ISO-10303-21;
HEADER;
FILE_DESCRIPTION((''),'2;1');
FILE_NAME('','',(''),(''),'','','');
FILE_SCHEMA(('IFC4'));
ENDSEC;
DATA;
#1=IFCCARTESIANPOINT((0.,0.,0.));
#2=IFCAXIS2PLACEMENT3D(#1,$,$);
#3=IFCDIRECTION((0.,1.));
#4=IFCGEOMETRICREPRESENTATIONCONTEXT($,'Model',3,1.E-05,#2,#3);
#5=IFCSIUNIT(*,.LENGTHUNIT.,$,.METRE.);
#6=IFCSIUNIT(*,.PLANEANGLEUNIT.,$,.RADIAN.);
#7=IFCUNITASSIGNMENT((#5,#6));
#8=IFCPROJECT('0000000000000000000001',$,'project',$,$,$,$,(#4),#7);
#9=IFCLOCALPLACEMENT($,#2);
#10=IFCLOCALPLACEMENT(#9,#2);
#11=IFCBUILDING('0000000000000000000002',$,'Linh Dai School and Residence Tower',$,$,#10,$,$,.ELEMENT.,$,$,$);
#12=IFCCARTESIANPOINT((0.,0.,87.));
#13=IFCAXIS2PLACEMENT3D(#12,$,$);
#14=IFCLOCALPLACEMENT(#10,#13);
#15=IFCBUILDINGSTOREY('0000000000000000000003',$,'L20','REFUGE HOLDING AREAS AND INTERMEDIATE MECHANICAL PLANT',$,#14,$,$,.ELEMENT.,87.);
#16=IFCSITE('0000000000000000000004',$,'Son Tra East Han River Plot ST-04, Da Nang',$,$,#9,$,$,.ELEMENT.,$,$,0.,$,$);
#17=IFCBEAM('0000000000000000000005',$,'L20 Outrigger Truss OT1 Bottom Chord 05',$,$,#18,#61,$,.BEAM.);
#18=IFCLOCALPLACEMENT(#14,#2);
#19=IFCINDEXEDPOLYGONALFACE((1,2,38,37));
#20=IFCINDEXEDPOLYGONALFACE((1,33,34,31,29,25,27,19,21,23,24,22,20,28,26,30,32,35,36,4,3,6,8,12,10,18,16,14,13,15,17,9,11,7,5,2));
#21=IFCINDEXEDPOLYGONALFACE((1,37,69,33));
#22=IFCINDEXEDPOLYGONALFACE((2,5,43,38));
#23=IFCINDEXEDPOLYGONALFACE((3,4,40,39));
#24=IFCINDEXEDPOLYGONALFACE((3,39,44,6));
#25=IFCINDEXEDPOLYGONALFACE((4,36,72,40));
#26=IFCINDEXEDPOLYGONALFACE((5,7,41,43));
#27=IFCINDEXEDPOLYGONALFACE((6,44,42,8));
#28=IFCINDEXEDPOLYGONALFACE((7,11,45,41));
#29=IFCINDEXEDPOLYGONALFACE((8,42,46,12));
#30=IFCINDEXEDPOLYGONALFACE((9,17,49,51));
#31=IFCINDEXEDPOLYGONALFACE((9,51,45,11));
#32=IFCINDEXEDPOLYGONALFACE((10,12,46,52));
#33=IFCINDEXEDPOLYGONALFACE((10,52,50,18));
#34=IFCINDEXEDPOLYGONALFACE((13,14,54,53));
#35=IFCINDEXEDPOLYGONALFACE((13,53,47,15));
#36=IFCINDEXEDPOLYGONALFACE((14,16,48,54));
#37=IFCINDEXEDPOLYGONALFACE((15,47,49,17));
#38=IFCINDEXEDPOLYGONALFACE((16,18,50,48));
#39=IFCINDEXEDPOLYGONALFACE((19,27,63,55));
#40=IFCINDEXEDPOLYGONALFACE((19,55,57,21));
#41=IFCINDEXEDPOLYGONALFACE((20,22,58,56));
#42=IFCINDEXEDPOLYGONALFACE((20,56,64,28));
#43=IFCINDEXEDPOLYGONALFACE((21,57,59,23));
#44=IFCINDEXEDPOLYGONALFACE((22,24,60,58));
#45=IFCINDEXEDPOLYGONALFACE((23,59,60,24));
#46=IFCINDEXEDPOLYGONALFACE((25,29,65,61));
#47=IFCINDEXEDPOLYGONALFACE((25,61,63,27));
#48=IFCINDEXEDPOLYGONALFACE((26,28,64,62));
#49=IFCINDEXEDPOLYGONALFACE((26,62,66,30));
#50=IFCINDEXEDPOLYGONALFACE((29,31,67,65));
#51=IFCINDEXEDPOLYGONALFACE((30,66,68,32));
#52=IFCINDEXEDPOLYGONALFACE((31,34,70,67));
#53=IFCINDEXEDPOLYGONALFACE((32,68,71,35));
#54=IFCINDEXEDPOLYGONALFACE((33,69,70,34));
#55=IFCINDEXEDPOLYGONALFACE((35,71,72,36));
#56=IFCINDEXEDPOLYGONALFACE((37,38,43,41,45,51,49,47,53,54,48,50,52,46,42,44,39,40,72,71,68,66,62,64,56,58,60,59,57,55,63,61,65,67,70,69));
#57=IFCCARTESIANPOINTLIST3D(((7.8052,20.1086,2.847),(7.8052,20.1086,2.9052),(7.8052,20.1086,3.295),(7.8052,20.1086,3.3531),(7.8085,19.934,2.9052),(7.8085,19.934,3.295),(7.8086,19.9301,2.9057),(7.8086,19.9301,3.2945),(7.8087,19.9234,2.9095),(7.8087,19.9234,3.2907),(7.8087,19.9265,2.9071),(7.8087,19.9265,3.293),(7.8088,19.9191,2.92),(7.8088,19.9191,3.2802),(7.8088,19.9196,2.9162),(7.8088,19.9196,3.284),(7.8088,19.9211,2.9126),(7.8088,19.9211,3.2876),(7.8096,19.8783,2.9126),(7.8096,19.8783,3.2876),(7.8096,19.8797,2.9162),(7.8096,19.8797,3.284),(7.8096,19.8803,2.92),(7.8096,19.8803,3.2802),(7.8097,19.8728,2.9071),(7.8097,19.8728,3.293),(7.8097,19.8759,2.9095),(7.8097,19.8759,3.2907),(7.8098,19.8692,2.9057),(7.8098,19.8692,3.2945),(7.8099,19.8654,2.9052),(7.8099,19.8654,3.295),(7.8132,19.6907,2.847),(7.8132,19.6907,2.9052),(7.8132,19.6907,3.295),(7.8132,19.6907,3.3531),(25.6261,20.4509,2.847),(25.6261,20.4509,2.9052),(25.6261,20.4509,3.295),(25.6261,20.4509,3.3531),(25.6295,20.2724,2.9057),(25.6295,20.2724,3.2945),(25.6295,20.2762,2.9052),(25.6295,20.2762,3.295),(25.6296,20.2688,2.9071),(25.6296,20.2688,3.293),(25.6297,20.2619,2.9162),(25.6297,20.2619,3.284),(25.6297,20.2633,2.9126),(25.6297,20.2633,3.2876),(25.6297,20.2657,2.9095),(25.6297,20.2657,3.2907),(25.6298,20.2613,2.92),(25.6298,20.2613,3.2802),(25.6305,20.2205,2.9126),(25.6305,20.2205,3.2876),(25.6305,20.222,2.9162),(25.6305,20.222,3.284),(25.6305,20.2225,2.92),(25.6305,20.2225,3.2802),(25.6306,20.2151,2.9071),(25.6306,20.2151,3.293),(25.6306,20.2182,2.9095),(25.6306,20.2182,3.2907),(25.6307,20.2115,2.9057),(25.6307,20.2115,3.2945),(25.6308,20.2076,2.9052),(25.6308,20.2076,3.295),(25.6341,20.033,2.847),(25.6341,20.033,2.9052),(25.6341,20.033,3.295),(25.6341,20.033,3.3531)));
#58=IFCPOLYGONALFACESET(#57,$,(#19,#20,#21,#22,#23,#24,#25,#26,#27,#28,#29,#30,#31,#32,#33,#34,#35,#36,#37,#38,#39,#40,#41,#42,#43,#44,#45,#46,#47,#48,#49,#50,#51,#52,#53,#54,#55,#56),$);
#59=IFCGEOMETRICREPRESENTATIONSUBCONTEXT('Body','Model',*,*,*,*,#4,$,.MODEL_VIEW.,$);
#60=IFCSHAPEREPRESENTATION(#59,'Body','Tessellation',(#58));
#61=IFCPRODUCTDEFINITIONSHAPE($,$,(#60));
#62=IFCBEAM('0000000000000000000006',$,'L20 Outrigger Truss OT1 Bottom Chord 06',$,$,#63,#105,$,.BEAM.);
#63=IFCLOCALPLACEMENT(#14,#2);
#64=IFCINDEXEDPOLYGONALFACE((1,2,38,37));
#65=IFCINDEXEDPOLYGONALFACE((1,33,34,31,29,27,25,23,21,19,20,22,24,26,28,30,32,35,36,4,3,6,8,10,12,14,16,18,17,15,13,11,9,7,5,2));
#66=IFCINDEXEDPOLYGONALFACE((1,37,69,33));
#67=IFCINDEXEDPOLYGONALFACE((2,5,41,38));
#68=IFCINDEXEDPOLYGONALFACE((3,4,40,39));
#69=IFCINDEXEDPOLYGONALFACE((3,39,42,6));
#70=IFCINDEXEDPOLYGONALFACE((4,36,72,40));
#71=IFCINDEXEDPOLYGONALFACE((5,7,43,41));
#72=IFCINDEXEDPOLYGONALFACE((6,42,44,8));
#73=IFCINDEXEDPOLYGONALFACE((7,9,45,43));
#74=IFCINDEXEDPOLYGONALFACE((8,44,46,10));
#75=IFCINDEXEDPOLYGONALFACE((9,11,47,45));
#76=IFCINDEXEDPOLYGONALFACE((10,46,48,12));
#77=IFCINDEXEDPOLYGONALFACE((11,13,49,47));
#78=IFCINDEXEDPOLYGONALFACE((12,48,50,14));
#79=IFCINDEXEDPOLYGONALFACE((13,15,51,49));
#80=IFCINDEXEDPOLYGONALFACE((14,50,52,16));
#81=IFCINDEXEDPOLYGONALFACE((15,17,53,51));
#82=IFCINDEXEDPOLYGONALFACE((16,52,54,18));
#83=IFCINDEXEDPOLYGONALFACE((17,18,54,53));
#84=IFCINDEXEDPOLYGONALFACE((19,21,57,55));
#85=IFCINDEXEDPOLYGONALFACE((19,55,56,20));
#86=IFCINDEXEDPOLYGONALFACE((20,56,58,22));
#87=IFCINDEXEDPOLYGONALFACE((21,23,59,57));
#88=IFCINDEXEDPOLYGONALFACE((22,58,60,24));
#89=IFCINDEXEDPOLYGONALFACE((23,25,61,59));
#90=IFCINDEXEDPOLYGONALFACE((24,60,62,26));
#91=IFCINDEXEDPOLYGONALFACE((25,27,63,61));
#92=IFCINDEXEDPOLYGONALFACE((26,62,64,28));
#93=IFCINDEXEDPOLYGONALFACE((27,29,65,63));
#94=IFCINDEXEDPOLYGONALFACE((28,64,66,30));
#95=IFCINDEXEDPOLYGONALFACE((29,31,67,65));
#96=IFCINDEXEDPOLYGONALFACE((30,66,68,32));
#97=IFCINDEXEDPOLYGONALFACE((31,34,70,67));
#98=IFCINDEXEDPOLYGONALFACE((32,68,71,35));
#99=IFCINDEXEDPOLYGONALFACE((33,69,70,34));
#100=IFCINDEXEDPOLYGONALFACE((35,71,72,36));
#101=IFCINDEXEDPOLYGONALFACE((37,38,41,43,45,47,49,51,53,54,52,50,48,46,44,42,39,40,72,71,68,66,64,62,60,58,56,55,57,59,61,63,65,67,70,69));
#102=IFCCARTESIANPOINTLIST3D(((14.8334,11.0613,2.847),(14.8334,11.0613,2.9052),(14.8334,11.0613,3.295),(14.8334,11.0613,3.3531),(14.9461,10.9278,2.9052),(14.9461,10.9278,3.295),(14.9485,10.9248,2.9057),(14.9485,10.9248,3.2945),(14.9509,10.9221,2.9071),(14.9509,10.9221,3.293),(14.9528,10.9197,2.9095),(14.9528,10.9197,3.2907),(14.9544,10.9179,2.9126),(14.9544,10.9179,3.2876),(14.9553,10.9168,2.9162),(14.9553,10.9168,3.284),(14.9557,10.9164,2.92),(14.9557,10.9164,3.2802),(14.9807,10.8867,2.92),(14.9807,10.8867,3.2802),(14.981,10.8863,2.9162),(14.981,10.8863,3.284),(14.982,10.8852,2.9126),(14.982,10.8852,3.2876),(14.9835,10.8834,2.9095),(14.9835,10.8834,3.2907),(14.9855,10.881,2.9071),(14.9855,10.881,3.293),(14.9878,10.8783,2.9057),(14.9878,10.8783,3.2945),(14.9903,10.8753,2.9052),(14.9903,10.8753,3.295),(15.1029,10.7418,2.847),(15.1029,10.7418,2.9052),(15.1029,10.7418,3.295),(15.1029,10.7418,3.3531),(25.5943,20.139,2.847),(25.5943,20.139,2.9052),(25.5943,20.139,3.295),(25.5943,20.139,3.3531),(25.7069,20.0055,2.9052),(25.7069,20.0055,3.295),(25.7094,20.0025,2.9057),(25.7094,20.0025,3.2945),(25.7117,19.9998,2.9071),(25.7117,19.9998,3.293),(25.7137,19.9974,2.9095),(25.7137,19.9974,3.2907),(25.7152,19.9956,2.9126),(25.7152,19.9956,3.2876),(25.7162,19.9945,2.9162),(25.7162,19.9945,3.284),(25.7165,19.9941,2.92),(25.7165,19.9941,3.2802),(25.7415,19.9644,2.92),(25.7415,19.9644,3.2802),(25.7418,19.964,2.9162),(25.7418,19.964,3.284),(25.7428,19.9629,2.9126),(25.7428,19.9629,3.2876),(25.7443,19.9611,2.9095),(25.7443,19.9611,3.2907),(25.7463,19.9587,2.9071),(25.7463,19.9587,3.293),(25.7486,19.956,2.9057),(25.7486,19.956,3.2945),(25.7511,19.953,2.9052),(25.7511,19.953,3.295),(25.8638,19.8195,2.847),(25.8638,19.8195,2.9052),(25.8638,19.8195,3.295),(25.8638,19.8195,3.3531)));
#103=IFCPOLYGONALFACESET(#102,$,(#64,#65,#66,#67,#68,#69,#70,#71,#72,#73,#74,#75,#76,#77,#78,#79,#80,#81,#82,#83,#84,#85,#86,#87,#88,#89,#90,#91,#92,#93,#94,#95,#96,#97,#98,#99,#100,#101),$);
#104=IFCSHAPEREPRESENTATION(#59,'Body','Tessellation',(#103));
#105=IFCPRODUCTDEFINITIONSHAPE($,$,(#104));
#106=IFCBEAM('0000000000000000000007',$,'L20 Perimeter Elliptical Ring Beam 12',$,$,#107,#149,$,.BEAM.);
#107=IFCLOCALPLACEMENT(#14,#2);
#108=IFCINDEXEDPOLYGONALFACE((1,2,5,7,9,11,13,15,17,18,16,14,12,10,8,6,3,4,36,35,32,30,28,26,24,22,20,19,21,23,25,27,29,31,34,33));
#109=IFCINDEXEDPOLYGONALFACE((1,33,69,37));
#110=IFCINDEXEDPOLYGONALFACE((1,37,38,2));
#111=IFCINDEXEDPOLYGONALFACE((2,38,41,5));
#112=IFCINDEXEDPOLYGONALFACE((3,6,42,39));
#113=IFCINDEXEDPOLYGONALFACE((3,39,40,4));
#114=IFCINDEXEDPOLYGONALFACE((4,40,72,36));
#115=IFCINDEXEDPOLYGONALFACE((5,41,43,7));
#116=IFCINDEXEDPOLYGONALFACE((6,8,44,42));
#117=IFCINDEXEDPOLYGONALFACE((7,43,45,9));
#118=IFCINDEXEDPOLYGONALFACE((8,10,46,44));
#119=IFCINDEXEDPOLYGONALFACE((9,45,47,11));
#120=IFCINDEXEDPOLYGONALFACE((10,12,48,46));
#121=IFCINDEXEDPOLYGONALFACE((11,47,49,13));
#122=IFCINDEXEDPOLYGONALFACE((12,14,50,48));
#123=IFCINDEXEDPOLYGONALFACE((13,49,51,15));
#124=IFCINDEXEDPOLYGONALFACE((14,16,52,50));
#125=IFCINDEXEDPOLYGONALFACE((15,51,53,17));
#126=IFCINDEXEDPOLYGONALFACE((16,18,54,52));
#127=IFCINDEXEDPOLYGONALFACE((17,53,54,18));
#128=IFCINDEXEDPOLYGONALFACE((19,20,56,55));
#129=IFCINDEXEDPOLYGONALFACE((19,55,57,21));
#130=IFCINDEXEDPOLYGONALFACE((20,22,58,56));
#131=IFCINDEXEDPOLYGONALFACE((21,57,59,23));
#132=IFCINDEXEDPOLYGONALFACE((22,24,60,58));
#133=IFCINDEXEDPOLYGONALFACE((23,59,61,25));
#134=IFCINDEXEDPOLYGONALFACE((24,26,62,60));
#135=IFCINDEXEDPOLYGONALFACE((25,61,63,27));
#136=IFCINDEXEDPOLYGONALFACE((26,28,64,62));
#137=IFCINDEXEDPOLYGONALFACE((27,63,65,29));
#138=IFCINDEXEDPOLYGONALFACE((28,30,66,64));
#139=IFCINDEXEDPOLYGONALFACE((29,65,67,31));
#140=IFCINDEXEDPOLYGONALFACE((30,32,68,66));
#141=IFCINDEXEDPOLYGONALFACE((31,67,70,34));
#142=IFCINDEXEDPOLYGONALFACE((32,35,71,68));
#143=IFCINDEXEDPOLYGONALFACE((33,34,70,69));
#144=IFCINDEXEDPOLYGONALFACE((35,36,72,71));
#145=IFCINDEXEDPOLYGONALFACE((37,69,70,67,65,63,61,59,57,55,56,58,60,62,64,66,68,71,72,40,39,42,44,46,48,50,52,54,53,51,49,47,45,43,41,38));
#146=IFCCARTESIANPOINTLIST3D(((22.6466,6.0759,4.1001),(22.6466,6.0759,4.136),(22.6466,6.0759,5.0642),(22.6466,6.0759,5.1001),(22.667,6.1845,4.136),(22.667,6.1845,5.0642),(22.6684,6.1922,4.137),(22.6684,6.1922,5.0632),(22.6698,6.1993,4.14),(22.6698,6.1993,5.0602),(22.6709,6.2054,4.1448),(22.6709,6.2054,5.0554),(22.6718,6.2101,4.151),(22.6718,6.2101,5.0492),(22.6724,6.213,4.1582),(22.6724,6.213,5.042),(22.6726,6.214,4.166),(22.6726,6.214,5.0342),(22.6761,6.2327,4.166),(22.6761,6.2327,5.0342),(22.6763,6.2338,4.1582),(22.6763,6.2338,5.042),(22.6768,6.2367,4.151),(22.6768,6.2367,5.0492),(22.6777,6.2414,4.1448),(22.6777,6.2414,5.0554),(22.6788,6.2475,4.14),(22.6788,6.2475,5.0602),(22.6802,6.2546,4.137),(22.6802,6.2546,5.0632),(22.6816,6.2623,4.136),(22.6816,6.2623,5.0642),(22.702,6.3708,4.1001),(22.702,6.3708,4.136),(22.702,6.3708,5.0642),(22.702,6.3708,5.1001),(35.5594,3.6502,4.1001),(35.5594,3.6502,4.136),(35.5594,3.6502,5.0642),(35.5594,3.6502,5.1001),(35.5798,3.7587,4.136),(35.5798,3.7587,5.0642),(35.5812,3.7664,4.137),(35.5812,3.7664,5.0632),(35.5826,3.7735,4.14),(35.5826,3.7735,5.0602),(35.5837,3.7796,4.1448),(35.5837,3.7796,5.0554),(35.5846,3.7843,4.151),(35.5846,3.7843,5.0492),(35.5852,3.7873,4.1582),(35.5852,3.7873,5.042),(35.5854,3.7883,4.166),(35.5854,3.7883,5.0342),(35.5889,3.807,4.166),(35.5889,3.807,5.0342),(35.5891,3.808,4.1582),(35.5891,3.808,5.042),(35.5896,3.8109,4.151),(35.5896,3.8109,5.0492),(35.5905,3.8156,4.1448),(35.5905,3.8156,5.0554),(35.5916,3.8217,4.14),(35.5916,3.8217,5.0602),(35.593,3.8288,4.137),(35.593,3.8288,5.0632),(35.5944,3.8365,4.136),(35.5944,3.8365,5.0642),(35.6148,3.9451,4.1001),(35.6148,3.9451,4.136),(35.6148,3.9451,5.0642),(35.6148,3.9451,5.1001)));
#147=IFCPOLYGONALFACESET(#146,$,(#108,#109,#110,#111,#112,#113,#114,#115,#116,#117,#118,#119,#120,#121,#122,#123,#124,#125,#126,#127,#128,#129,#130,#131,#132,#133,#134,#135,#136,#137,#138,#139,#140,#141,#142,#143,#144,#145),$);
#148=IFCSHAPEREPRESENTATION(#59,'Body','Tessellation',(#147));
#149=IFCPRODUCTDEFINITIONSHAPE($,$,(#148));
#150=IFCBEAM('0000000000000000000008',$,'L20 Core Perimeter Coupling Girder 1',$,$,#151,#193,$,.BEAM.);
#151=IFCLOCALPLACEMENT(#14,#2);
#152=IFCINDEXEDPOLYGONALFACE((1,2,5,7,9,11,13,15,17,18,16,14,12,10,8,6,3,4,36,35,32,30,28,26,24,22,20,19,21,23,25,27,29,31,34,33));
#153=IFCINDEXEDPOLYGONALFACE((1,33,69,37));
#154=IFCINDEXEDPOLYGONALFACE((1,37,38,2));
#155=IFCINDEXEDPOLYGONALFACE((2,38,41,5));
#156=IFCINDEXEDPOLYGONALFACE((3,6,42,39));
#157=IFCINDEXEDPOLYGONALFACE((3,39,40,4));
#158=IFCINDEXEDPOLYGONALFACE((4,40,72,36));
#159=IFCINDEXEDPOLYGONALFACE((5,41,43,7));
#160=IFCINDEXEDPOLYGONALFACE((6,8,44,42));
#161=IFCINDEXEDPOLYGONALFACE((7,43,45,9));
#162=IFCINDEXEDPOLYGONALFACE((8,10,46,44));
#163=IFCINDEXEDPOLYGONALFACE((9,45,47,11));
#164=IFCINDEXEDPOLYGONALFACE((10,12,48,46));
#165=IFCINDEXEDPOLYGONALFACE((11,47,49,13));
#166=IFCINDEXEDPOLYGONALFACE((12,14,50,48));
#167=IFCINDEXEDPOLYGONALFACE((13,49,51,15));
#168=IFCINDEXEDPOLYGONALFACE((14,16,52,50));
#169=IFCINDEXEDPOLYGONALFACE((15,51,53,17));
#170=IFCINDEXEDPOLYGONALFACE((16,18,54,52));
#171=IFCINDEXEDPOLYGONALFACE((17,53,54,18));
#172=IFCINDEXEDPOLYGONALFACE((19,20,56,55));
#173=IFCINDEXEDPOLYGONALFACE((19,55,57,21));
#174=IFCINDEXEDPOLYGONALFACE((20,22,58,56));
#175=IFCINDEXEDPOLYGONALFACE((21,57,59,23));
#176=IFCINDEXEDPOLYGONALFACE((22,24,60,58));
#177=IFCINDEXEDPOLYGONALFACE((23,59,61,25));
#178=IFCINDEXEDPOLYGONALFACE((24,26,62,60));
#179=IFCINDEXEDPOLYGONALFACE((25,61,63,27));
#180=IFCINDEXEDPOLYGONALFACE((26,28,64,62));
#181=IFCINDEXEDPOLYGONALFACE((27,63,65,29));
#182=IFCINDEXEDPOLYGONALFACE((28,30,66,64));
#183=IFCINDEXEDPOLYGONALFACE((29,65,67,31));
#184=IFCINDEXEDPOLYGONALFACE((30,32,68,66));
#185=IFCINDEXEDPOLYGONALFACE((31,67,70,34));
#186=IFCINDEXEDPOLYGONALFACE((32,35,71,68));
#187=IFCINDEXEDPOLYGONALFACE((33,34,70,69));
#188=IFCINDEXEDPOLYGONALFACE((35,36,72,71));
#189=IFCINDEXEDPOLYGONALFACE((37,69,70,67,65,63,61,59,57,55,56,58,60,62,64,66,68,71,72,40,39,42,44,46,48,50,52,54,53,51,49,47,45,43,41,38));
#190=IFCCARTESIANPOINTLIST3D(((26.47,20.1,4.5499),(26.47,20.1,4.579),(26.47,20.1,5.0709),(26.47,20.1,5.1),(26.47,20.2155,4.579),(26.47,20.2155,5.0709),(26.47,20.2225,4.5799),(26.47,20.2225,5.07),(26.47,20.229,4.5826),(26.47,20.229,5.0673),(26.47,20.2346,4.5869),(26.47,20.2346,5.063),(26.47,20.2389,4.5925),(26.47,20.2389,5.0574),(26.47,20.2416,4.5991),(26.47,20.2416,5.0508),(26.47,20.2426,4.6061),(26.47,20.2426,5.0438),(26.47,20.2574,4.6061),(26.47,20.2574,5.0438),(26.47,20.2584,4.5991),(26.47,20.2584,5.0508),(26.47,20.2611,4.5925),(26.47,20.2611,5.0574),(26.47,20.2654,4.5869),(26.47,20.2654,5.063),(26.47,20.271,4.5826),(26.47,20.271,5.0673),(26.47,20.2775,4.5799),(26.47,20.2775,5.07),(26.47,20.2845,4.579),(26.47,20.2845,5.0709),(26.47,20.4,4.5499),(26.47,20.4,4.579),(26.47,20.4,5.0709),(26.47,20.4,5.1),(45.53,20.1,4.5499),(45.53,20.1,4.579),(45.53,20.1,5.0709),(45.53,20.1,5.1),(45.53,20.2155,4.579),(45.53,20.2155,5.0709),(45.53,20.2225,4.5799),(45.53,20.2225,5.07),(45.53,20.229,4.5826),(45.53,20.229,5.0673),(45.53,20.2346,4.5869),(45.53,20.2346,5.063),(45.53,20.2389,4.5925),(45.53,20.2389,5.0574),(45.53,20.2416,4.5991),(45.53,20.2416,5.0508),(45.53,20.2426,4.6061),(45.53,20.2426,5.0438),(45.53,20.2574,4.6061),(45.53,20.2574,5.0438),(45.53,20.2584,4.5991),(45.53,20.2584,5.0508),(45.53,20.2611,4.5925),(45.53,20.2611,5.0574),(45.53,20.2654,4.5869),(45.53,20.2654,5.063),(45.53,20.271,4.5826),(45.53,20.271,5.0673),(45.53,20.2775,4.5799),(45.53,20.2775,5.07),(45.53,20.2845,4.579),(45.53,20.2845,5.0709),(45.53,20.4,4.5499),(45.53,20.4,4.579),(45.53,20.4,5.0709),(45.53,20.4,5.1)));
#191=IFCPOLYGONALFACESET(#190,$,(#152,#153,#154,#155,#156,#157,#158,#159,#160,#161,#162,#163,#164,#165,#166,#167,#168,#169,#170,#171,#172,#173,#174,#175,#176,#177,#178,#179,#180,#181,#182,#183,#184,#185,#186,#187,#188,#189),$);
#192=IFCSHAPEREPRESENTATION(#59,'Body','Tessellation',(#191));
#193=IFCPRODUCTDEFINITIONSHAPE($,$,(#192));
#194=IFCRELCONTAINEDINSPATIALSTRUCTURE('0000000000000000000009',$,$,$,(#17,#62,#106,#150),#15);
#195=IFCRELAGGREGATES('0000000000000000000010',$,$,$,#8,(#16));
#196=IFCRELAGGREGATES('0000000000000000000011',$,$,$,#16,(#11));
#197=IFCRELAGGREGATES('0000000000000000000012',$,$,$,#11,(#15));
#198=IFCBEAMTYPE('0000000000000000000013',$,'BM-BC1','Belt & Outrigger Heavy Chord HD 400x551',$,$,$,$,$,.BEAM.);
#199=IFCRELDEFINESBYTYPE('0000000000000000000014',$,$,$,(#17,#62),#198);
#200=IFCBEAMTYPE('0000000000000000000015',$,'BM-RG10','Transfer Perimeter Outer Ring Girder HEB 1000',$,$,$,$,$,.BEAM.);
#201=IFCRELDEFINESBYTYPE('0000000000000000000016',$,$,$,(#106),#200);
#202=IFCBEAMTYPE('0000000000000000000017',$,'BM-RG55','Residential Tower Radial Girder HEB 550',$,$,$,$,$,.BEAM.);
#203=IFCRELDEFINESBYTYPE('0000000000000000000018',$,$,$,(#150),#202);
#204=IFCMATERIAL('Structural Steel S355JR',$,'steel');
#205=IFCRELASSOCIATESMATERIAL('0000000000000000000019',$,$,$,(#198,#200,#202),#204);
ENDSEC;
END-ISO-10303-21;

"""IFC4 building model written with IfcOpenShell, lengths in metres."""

from ifc_helpers import new_model, si_unit, direction, frame, origin, origin_2d, place, context, subcontext, project, spatial, i_section, extrude, material, material_profile, profile_set, type_object, element, save


model = new_model("IFC4")

# Units and contexts
model_context = context("Model", 3, precision=1e-05, world=origin(), true_north=direction((0.0, 1.0)))
body_context = subcontext(model_context, "Body", "Model", "MODEL_VIEW")
ifc_project = project(units=[si_unit("LENGTHUNIT", "METRE"), si_unit("PLANEANGLEUNIT", "RADIAN")], contexts=[model_context])

# Site, building, storey
site_placement = place(None, origin())
site = spatial("IfcSite", under=ifc_project, at=site_placement, Name="Son Tra East Han River Plot ST-04, Da Nang", CompositionType="ELEMENT", RefElevation=0.0)
building_placement = place(site_placement, origin())
building = spatial("IfcBuilding", under=site, at=building_placement, Name="Linh Dai School and Residence Tower", CompositionType="ELEMENT")
storey_placement = place(building_placement, frame((0.0, 0.0, 87.0)))
storey = spatial("IfcBuildingStorey", under=building, at=storey_placement, Name="L20", Description="REFUGE HOLDING AREAS AND INTERMEDIATE MECHANICAL PLANT", CompositionType="ELEMENT", Elevation=87.0)

# Shared definitions
ifc_material_1 = material(Name="Structural Steel S355JR", Category="steel")

# Beams
ifc_material_profile_1 = material_profile(ifc_material_1, i_section(OverallWidth=0.418, OverallDepth=0.5061, WebThickness=0.0388, FlangeThickness=0.0581, FilletRadius=0.0149, at=origin_2d()), Name="HD 400x551")
ifc_profile_set_1 = profile_set([ifc_material_profile_1], Name="Structural Steel S355JR")
beam_type_1 = type_object("IfcBeamType", Name="BM-BC1", Description="Belt & Outrigger Heavy Chord HD 400x551", PredefinedType="BEAM", material=ifc_profile_set_1)
beam_1_placement = place(storey_placement, frame((25.6301, 20.2419, 3.1001), z_axis=(-0.999816, -0.019203, 0.0), x_axis=(0.019203, -0.999816, 0.0)))
element("IfcBeam", 1, at=beam_1_placement, inside=storey, type_object=beam_type_1, Name="L20 Outrigger Truss OT1 Bottom Chord 05", PredefinedType="BEAM", context=body_context, shape_type="SweptSolid", body=[
    extrude(i_section(OverallWidth=0.418, OverallDepth=0.5061, WebThickness=0.0388, FlangeThickness=0.0581, FilletRadius=0.0149, at=origin_2d()), origin(), (0.0, 0.0, 1.0), 17.8242),
])
beam_2_placement = place(storey_placement, frame((25.729, 19.9792, 3.1001), z_axis=(-0.764352, -0.644799, 0.0), x_axis=(0.644799, -0.764352, 0.0)))
element("IfcBeam", 2, at=beam_2_placement, inside=storey, type_object=beam_type_1, Name="L20 Outrigger Truss OT1 Bottom Chord 06", PredefinedType="BEAM", context=body_context, shape_type="SweptSolid", body=[
    extrude(i_section(OverallWidth=0.418, OverallDepth=0.5061, WebThickness=0.0388, FlangeThickness=0.0581, FilletRadius=0.0149, at=origin_2d()), origin(), (0.0, 0.0, 1.0), 14.0784),
])
ifc_material_profile_2 = material_profile(ifc_material_1, i_section(OverallWidth=0.3, OverallDepth=1.0, WebThickness=0.019, FlangeThickness=0.0359, FilletRadius=0.03, at=origin_2d()), Name="HEB 1000")
ifc_profile_set_2 = profile_set([ifc_material_profile_2], Name="Structural Steel S355JR")
beam_type_2 = type_object("IfcBeamType", Name="BM-RG10", Description="Transfer Perimeter Outer Ring Girder HEB 1000", PredefinedType="BEAM", material=ifc_profile_set_2)
beam_3_placement = place(storey_placement, frame((22.6743, 6.2234, 4.6001), z_axis=(0.982808, -0.184628, 0.0), x_axis=(0.184628, 0.982808, 0.0)))
element("IfcBeam", 3, at=beam_3_placement, inside=storey, type_object=beam_type_2, Name="L20 Perimeter Elliptical Ring Beam 12", PredefinedType="BEAM", context=body_context, shape_type="SweptSolid", body=[
    extrude(i_section(OverallWidth=0.3, OverallDepth=1.0, WebThickness=0.019, FlangeThickness=0.0359, FilletRadius=0.03, at=origin_2d()), origin(), (0.0, 0.0, 1.0), 13.1387),
])
ifc_material_profile_3 = material_profile(ifc_material_1, i_section(OverallWidth=0.3, OverallDepth=0.55, WebThickness=0.0149, FlangeThickness=0.0291, FilletRadius=0.0271, at=origin_2d()), Name="HEB 550")
ifc_profile_set_3 = profile_set([ifc_material_profile_3], Name="Structural Steel S355JR")
beam_type_3 = type_object("IfcBeamType", Name="BM-RG55", Description="Residential Tower Radial Girder HEB 550", PredefinedType="BEAM", material=ifc_profile_set_3)
beam_4_placement = place(storey_placement, frame((26.47, 20.25, 4.825), z_axis=(1.0, 0.0, 0.0), x_axis=(0.0, 1.0, 0.0)))
element("IfcBeam", 4, at=beam_4_placement, inside=storey, type_object=beam_type_3, Name="L20 Core Perimeter Coupling Girder 1", PredefinedType="BEAM", context=body_context, shape_type="SweptSolid", body=[
    extrude(i_section(OverallWidth=0.3, OverallDepth=0.55, WebThickness=0.0149, FlangeThickness=0.0291, FilletRadius=0.0271, at=origin_2d()), origin(), (0.0, 0.0, 1.0), 19.0601),
])

save(model, "model.ifc")
